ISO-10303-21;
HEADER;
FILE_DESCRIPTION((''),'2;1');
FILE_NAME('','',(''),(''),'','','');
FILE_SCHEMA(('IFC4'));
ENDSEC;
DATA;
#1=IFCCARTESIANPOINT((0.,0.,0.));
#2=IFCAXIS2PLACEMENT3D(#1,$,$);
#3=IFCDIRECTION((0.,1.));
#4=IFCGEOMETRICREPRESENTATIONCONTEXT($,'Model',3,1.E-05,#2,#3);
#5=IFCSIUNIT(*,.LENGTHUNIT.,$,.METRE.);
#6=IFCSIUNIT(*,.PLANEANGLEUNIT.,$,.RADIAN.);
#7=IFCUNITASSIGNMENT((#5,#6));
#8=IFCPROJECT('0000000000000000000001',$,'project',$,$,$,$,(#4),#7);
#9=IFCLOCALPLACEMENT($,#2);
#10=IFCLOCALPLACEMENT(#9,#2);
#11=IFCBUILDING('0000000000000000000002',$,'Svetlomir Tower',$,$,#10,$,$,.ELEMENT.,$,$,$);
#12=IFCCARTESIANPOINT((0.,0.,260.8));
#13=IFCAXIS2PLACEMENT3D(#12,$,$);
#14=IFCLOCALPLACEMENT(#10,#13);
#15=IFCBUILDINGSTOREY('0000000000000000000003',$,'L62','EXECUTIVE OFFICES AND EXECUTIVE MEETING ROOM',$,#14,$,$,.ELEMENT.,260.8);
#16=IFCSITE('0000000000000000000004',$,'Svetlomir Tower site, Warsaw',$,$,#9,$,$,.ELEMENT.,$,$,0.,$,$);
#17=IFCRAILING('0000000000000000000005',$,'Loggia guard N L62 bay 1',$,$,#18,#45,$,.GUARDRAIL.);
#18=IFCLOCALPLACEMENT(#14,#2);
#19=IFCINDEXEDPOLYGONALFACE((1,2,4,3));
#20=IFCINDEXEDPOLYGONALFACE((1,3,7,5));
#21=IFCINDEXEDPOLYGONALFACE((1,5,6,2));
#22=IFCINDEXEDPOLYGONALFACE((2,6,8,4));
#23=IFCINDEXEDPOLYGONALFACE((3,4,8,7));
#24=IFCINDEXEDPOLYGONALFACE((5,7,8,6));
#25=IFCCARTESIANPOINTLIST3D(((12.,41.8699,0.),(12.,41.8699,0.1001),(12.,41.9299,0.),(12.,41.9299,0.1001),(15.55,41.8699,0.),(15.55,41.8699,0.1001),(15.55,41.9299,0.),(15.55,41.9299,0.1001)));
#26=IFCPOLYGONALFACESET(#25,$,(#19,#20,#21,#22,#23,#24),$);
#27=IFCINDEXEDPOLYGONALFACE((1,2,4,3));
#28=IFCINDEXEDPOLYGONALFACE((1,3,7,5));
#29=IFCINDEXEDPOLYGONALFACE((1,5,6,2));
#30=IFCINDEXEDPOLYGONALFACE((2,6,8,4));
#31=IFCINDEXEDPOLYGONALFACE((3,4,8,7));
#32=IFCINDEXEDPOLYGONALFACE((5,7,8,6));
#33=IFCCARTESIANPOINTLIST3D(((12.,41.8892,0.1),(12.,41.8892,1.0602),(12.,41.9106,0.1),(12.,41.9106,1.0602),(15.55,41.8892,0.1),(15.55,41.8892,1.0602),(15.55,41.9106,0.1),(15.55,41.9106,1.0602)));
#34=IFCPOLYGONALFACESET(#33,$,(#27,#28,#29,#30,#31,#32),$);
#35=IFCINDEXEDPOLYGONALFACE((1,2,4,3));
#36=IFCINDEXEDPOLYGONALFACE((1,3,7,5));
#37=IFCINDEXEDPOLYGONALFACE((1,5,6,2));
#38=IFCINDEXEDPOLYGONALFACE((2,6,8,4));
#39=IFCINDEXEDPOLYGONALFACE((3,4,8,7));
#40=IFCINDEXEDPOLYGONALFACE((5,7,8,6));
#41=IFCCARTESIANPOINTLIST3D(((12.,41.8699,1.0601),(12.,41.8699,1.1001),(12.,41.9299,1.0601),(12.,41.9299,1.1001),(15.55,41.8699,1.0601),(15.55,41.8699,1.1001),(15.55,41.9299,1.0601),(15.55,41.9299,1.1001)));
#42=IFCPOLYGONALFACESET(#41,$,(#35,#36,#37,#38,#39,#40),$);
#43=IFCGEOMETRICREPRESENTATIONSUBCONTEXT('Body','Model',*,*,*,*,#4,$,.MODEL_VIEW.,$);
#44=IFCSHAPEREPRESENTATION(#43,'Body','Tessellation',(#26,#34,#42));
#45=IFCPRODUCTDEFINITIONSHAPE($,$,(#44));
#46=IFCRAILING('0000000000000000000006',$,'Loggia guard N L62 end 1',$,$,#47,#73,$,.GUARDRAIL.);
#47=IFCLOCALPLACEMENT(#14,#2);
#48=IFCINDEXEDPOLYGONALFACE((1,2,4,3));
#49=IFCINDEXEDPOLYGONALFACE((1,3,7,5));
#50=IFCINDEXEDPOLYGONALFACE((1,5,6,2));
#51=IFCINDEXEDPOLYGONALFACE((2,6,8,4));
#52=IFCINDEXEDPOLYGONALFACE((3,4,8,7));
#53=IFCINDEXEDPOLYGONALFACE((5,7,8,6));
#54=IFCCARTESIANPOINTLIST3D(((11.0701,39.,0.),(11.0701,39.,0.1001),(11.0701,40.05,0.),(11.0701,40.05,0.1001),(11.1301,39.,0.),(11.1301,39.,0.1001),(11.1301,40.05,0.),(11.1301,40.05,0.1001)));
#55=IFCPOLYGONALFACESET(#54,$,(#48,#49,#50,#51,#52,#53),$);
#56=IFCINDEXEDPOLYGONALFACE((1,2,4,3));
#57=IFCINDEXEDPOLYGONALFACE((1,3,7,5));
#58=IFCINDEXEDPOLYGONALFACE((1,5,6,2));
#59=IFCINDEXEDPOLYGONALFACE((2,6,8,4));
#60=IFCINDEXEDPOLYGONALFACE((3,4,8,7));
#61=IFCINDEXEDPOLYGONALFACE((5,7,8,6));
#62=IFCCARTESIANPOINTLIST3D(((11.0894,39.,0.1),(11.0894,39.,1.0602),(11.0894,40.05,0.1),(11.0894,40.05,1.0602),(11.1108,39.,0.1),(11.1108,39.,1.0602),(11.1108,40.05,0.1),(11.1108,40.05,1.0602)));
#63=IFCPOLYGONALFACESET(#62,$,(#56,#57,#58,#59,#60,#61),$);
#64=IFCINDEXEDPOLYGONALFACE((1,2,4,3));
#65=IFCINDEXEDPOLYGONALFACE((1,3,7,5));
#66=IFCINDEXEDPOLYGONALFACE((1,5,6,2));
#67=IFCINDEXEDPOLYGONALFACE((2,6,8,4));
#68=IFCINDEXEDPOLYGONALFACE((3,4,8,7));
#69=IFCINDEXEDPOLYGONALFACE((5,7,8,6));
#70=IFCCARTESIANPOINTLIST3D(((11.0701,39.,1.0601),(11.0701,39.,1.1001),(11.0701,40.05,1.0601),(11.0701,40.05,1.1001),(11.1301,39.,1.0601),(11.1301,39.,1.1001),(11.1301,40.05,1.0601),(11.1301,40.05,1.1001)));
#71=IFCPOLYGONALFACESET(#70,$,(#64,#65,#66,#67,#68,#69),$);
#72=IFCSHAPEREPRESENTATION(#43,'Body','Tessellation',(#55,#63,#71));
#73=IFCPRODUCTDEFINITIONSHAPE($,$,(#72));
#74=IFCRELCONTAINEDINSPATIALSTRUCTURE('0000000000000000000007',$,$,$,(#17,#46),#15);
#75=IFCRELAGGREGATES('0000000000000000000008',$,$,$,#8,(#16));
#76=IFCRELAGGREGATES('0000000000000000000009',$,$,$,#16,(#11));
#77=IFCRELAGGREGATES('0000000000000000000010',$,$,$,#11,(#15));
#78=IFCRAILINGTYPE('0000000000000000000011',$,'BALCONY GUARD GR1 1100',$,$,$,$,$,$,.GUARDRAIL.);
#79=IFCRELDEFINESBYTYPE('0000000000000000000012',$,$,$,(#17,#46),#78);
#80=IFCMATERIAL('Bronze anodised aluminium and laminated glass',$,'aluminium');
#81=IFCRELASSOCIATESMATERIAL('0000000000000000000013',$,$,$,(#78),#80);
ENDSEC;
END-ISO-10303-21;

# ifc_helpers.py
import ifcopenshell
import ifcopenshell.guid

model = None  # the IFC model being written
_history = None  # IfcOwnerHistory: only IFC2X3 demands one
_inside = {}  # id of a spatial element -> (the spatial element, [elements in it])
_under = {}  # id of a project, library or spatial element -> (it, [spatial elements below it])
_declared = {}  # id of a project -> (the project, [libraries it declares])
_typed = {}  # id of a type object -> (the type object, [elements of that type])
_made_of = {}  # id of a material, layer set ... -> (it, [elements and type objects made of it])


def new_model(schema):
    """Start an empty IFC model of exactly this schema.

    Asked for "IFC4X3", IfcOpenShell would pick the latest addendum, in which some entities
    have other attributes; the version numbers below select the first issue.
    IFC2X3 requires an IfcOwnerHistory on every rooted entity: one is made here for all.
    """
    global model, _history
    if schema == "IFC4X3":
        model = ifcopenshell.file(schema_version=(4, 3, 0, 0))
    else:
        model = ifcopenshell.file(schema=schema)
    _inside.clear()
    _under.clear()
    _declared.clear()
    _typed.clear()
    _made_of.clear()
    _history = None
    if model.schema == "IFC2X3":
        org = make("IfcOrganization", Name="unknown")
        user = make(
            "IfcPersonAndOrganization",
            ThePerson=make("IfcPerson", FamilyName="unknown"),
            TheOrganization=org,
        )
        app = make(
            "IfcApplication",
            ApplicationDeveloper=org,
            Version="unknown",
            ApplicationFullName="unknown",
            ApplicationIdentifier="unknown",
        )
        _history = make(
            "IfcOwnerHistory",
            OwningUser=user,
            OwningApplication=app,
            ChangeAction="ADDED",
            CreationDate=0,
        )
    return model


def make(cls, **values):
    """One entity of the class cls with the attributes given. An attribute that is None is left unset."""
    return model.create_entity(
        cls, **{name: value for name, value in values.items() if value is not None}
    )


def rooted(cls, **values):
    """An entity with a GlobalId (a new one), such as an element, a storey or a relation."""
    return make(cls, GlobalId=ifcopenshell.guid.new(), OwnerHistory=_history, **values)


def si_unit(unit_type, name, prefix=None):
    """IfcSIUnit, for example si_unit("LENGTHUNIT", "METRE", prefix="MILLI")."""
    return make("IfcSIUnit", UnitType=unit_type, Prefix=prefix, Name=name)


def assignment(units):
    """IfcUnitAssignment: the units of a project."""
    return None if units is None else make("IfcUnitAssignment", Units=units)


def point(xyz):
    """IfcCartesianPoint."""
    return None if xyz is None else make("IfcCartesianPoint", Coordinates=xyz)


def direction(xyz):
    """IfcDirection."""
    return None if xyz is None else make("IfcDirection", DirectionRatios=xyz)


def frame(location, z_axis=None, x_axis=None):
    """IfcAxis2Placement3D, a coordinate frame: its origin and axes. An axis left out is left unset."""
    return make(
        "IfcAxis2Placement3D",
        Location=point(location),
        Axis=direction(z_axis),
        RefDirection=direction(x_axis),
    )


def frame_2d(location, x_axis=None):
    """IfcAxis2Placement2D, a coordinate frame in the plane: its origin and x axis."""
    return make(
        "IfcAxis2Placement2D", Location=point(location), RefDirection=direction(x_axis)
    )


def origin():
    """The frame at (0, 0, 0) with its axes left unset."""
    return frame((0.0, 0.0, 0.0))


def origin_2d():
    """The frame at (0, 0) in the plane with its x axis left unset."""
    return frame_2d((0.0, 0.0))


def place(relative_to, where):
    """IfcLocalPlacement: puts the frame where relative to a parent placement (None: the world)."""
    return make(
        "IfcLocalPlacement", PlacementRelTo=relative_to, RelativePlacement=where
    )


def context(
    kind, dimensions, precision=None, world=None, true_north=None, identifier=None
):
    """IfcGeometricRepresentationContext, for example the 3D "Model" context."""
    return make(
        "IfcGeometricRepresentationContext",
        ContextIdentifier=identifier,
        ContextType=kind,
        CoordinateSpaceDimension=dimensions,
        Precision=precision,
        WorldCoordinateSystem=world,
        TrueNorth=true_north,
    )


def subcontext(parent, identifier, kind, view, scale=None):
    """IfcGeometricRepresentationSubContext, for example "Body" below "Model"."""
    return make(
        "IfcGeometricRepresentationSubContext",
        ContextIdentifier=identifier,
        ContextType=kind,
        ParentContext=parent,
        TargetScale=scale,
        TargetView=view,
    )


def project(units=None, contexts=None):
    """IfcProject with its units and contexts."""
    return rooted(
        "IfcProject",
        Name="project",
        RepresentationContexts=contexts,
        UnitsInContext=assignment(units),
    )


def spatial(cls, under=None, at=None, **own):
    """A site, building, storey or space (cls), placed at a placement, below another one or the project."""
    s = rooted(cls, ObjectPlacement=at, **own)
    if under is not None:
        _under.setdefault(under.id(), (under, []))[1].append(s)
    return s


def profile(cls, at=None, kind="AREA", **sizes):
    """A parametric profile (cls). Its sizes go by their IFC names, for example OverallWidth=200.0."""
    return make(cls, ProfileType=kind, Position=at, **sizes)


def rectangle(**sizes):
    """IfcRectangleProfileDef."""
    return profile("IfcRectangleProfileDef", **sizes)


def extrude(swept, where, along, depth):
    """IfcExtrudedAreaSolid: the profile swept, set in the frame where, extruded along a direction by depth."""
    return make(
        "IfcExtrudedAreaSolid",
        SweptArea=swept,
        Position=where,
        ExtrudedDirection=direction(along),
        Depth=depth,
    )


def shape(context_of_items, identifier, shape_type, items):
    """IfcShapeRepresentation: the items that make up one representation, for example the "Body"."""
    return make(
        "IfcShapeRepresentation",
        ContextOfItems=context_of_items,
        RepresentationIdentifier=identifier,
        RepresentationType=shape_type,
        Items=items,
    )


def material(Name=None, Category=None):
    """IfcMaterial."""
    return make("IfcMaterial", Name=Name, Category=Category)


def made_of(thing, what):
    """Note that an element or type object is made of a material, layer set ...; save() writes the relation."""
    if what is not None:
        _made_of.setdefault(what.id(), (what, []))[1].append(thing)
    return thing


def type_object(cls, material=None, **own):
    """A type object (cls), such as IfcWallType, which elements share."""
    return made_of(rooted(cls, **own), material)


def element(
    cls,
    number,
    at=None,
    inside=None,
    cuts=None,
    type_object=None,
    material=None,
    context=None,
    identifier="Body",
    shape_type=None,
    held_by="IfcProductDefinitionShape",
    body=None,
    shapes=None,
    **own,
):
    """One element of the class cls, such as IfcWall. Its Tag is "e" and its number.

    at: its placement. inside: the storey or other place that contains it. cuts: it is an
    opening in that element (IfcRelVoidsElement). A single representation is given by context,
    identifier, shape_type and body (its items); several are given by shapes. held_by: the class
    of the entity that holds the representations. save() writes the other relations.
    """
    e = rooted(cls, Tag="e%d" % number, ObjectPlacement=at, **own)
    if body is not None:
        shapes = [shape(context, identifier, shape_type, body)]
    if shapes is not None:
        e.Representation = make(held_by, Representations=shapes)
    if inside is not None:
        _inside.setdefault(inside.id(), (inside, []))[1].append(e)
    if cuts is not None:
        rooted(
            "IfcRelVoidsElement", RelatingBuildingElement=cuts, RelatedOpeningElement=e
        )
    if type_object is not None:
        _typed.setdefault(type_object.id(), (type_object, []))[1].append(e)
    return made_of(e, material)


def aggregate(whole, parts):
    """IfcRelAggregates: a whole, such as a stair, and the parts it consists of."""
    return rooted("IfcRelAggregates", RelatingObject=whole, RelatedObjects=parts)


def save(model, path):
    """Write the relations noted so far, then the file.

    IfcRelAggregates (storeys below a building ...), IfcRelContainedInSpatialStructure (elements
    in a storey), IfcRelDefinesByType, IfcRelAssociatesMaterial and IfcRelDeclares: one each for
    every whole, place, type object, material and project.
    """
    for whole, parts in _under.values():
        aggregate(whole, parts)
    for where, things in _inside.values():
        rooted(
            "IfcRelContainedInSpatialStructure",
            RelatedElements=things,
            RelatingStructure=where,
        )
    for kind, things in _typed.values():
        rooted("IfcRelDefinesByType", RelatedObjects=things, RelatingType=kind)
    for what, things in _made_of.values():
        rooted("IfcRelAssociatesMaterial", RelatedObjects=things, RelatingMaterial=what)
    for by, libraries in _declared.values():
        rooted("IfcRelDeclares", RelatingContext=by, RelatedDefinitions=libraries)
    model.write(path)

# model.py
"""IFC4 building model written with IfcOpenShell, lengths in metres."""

from ifc_helpers import new_model, si_unit, direction, frame, origin, origin_2d, place, context, subcontext, project, spatial, rectangle, extrude, material, type_object, element, save


model = new_model("IFC4")

# Units and contexts
model_context = context("Model", 3, precision=1e-05, world=origin(), true_north=direction((0.0, 1.0)))
body_context = subcontext(model_context, "Body", "Model", "MODEL_VIEW")
ifc_project = project(units=[si_unit("LENGTHUNIT", "METRE"), si_unit("PLANEANGLEUNIT", "RADIAN")], contexts=[model_context])

# Site, building, storey
site_placement = place(None, origin())
site = spatial("IfcSite", under=ifc_project, at=site_placement, Name="Svetlomir Tower site, Warsaw", CompositionType="ELEMENT", RefElevation=0.0)
building_placement = place(site_placement, origin())
building = spatial("IfcBuilding", under=site, at=building_placement, Name="Svetlomir Tower", CompositionType="ELEMENT")
storey_placement = place(building_placement, frame((0.0, 0.0, 260.8)))
storey = spatial("IfcBuildingStorey", under=building, at=storey_placement, Name="L62", Description="EXECUTIVE OFFICES AND EXECUTIVE MEETING ROOM", CompositionType="ELEMENT", Elevation=260.8)

# Railings
ifc_material_1 = material(Name="Bronze anodised aluminium and laminated glass", Category="aluminium")
railing_type = type_object("IfcRailingType", Name="BALCONY GUARD GR1 1100", PredefinedType="GUARDRAIL", material=ifc_material_1)
railing_1_placement = place(storey_placement, frame((12.0, 41.8999, 0.0)))
element("IfcRailing", 1, at=railing_1_placement, inside=storey, type_object=railing_type, Name="Loggia guard N L62 bay 1", PredefinedType="GUARDRAIL", context=body_context, shape_type="SweptSolid", body=[
    extrude(rectangle(XDim=0.0601, YDim=0.1001, at=origin_2d()), frame((0.0, 0.0, 0.05), z_axis=(1.0, 0.0, 0.0), x_axis=(0.0, 1.0, 0.0)), (0.0, 0.0, 1.0), 3.55),
    extrude(rectangle(XDim=0.0215, YDim=0.9602, at=origin_2d()), frame((0.0, 0.0, 0.5801), z_axis=(1.0, 0.0, 0.0), x_axis=(0.0, 1.0, 0.0)), (0.0, 0.0, 1.0), 3.55),
    extrude(rectangle(XDim=0.0601, YDim=0.04, at=origin_2d()), frame((0.0, 0.0, 1.0801), z_axis=(1.0, 0.0, 0.0), x_axis=(0.0, 1.0, 0.0)), (0.0, 0.0, 1.0), 3.55),
])
railing_2_placement = place(storey_placement, frame((11.1001, 40.05, 0.0)))
element("IfcRailing", 2, at=railing_2_placement, inside=storey, type_object=railing_type, Name="Loggia guard N L62 end 1", PredefinedType="GUARDRAIL", context=body_context, shape_type="SweptSolid", body=[
    extrude(rectangle(XDim=0.0601, YDim=0.1001, at=origin_2d()), frame((0.0, 0.0, 0.05), z_axis=(0.0, -1.0, 0.0), x_axis=(1.0, 0.0, 0.0)), (0.0, 0.0, 1.0), 1.05),
    extrude(rectangle(XDim=0.0215, YDim=0.9602, at=origin_2d()), frame((0.0, 0.0, 0.5801), z_axis=(0.0, -1.0, 0.0), x_axis=(1.0, 0.0, 0.0)), (0.0, 0.0, 1.0), 1.05),
    extrude(rectangle(XDim=0.0601, YDim=0.04, at=origin_2d()), frame((0.0, 0.0, 1.0801), z_axis=(0.0, -1.0, 0.0), x_axis=(1.0, 0.0, 0.0)), (0.0, 0.0, 1.0), 1.05),
])

save(model, "model.ifc")
